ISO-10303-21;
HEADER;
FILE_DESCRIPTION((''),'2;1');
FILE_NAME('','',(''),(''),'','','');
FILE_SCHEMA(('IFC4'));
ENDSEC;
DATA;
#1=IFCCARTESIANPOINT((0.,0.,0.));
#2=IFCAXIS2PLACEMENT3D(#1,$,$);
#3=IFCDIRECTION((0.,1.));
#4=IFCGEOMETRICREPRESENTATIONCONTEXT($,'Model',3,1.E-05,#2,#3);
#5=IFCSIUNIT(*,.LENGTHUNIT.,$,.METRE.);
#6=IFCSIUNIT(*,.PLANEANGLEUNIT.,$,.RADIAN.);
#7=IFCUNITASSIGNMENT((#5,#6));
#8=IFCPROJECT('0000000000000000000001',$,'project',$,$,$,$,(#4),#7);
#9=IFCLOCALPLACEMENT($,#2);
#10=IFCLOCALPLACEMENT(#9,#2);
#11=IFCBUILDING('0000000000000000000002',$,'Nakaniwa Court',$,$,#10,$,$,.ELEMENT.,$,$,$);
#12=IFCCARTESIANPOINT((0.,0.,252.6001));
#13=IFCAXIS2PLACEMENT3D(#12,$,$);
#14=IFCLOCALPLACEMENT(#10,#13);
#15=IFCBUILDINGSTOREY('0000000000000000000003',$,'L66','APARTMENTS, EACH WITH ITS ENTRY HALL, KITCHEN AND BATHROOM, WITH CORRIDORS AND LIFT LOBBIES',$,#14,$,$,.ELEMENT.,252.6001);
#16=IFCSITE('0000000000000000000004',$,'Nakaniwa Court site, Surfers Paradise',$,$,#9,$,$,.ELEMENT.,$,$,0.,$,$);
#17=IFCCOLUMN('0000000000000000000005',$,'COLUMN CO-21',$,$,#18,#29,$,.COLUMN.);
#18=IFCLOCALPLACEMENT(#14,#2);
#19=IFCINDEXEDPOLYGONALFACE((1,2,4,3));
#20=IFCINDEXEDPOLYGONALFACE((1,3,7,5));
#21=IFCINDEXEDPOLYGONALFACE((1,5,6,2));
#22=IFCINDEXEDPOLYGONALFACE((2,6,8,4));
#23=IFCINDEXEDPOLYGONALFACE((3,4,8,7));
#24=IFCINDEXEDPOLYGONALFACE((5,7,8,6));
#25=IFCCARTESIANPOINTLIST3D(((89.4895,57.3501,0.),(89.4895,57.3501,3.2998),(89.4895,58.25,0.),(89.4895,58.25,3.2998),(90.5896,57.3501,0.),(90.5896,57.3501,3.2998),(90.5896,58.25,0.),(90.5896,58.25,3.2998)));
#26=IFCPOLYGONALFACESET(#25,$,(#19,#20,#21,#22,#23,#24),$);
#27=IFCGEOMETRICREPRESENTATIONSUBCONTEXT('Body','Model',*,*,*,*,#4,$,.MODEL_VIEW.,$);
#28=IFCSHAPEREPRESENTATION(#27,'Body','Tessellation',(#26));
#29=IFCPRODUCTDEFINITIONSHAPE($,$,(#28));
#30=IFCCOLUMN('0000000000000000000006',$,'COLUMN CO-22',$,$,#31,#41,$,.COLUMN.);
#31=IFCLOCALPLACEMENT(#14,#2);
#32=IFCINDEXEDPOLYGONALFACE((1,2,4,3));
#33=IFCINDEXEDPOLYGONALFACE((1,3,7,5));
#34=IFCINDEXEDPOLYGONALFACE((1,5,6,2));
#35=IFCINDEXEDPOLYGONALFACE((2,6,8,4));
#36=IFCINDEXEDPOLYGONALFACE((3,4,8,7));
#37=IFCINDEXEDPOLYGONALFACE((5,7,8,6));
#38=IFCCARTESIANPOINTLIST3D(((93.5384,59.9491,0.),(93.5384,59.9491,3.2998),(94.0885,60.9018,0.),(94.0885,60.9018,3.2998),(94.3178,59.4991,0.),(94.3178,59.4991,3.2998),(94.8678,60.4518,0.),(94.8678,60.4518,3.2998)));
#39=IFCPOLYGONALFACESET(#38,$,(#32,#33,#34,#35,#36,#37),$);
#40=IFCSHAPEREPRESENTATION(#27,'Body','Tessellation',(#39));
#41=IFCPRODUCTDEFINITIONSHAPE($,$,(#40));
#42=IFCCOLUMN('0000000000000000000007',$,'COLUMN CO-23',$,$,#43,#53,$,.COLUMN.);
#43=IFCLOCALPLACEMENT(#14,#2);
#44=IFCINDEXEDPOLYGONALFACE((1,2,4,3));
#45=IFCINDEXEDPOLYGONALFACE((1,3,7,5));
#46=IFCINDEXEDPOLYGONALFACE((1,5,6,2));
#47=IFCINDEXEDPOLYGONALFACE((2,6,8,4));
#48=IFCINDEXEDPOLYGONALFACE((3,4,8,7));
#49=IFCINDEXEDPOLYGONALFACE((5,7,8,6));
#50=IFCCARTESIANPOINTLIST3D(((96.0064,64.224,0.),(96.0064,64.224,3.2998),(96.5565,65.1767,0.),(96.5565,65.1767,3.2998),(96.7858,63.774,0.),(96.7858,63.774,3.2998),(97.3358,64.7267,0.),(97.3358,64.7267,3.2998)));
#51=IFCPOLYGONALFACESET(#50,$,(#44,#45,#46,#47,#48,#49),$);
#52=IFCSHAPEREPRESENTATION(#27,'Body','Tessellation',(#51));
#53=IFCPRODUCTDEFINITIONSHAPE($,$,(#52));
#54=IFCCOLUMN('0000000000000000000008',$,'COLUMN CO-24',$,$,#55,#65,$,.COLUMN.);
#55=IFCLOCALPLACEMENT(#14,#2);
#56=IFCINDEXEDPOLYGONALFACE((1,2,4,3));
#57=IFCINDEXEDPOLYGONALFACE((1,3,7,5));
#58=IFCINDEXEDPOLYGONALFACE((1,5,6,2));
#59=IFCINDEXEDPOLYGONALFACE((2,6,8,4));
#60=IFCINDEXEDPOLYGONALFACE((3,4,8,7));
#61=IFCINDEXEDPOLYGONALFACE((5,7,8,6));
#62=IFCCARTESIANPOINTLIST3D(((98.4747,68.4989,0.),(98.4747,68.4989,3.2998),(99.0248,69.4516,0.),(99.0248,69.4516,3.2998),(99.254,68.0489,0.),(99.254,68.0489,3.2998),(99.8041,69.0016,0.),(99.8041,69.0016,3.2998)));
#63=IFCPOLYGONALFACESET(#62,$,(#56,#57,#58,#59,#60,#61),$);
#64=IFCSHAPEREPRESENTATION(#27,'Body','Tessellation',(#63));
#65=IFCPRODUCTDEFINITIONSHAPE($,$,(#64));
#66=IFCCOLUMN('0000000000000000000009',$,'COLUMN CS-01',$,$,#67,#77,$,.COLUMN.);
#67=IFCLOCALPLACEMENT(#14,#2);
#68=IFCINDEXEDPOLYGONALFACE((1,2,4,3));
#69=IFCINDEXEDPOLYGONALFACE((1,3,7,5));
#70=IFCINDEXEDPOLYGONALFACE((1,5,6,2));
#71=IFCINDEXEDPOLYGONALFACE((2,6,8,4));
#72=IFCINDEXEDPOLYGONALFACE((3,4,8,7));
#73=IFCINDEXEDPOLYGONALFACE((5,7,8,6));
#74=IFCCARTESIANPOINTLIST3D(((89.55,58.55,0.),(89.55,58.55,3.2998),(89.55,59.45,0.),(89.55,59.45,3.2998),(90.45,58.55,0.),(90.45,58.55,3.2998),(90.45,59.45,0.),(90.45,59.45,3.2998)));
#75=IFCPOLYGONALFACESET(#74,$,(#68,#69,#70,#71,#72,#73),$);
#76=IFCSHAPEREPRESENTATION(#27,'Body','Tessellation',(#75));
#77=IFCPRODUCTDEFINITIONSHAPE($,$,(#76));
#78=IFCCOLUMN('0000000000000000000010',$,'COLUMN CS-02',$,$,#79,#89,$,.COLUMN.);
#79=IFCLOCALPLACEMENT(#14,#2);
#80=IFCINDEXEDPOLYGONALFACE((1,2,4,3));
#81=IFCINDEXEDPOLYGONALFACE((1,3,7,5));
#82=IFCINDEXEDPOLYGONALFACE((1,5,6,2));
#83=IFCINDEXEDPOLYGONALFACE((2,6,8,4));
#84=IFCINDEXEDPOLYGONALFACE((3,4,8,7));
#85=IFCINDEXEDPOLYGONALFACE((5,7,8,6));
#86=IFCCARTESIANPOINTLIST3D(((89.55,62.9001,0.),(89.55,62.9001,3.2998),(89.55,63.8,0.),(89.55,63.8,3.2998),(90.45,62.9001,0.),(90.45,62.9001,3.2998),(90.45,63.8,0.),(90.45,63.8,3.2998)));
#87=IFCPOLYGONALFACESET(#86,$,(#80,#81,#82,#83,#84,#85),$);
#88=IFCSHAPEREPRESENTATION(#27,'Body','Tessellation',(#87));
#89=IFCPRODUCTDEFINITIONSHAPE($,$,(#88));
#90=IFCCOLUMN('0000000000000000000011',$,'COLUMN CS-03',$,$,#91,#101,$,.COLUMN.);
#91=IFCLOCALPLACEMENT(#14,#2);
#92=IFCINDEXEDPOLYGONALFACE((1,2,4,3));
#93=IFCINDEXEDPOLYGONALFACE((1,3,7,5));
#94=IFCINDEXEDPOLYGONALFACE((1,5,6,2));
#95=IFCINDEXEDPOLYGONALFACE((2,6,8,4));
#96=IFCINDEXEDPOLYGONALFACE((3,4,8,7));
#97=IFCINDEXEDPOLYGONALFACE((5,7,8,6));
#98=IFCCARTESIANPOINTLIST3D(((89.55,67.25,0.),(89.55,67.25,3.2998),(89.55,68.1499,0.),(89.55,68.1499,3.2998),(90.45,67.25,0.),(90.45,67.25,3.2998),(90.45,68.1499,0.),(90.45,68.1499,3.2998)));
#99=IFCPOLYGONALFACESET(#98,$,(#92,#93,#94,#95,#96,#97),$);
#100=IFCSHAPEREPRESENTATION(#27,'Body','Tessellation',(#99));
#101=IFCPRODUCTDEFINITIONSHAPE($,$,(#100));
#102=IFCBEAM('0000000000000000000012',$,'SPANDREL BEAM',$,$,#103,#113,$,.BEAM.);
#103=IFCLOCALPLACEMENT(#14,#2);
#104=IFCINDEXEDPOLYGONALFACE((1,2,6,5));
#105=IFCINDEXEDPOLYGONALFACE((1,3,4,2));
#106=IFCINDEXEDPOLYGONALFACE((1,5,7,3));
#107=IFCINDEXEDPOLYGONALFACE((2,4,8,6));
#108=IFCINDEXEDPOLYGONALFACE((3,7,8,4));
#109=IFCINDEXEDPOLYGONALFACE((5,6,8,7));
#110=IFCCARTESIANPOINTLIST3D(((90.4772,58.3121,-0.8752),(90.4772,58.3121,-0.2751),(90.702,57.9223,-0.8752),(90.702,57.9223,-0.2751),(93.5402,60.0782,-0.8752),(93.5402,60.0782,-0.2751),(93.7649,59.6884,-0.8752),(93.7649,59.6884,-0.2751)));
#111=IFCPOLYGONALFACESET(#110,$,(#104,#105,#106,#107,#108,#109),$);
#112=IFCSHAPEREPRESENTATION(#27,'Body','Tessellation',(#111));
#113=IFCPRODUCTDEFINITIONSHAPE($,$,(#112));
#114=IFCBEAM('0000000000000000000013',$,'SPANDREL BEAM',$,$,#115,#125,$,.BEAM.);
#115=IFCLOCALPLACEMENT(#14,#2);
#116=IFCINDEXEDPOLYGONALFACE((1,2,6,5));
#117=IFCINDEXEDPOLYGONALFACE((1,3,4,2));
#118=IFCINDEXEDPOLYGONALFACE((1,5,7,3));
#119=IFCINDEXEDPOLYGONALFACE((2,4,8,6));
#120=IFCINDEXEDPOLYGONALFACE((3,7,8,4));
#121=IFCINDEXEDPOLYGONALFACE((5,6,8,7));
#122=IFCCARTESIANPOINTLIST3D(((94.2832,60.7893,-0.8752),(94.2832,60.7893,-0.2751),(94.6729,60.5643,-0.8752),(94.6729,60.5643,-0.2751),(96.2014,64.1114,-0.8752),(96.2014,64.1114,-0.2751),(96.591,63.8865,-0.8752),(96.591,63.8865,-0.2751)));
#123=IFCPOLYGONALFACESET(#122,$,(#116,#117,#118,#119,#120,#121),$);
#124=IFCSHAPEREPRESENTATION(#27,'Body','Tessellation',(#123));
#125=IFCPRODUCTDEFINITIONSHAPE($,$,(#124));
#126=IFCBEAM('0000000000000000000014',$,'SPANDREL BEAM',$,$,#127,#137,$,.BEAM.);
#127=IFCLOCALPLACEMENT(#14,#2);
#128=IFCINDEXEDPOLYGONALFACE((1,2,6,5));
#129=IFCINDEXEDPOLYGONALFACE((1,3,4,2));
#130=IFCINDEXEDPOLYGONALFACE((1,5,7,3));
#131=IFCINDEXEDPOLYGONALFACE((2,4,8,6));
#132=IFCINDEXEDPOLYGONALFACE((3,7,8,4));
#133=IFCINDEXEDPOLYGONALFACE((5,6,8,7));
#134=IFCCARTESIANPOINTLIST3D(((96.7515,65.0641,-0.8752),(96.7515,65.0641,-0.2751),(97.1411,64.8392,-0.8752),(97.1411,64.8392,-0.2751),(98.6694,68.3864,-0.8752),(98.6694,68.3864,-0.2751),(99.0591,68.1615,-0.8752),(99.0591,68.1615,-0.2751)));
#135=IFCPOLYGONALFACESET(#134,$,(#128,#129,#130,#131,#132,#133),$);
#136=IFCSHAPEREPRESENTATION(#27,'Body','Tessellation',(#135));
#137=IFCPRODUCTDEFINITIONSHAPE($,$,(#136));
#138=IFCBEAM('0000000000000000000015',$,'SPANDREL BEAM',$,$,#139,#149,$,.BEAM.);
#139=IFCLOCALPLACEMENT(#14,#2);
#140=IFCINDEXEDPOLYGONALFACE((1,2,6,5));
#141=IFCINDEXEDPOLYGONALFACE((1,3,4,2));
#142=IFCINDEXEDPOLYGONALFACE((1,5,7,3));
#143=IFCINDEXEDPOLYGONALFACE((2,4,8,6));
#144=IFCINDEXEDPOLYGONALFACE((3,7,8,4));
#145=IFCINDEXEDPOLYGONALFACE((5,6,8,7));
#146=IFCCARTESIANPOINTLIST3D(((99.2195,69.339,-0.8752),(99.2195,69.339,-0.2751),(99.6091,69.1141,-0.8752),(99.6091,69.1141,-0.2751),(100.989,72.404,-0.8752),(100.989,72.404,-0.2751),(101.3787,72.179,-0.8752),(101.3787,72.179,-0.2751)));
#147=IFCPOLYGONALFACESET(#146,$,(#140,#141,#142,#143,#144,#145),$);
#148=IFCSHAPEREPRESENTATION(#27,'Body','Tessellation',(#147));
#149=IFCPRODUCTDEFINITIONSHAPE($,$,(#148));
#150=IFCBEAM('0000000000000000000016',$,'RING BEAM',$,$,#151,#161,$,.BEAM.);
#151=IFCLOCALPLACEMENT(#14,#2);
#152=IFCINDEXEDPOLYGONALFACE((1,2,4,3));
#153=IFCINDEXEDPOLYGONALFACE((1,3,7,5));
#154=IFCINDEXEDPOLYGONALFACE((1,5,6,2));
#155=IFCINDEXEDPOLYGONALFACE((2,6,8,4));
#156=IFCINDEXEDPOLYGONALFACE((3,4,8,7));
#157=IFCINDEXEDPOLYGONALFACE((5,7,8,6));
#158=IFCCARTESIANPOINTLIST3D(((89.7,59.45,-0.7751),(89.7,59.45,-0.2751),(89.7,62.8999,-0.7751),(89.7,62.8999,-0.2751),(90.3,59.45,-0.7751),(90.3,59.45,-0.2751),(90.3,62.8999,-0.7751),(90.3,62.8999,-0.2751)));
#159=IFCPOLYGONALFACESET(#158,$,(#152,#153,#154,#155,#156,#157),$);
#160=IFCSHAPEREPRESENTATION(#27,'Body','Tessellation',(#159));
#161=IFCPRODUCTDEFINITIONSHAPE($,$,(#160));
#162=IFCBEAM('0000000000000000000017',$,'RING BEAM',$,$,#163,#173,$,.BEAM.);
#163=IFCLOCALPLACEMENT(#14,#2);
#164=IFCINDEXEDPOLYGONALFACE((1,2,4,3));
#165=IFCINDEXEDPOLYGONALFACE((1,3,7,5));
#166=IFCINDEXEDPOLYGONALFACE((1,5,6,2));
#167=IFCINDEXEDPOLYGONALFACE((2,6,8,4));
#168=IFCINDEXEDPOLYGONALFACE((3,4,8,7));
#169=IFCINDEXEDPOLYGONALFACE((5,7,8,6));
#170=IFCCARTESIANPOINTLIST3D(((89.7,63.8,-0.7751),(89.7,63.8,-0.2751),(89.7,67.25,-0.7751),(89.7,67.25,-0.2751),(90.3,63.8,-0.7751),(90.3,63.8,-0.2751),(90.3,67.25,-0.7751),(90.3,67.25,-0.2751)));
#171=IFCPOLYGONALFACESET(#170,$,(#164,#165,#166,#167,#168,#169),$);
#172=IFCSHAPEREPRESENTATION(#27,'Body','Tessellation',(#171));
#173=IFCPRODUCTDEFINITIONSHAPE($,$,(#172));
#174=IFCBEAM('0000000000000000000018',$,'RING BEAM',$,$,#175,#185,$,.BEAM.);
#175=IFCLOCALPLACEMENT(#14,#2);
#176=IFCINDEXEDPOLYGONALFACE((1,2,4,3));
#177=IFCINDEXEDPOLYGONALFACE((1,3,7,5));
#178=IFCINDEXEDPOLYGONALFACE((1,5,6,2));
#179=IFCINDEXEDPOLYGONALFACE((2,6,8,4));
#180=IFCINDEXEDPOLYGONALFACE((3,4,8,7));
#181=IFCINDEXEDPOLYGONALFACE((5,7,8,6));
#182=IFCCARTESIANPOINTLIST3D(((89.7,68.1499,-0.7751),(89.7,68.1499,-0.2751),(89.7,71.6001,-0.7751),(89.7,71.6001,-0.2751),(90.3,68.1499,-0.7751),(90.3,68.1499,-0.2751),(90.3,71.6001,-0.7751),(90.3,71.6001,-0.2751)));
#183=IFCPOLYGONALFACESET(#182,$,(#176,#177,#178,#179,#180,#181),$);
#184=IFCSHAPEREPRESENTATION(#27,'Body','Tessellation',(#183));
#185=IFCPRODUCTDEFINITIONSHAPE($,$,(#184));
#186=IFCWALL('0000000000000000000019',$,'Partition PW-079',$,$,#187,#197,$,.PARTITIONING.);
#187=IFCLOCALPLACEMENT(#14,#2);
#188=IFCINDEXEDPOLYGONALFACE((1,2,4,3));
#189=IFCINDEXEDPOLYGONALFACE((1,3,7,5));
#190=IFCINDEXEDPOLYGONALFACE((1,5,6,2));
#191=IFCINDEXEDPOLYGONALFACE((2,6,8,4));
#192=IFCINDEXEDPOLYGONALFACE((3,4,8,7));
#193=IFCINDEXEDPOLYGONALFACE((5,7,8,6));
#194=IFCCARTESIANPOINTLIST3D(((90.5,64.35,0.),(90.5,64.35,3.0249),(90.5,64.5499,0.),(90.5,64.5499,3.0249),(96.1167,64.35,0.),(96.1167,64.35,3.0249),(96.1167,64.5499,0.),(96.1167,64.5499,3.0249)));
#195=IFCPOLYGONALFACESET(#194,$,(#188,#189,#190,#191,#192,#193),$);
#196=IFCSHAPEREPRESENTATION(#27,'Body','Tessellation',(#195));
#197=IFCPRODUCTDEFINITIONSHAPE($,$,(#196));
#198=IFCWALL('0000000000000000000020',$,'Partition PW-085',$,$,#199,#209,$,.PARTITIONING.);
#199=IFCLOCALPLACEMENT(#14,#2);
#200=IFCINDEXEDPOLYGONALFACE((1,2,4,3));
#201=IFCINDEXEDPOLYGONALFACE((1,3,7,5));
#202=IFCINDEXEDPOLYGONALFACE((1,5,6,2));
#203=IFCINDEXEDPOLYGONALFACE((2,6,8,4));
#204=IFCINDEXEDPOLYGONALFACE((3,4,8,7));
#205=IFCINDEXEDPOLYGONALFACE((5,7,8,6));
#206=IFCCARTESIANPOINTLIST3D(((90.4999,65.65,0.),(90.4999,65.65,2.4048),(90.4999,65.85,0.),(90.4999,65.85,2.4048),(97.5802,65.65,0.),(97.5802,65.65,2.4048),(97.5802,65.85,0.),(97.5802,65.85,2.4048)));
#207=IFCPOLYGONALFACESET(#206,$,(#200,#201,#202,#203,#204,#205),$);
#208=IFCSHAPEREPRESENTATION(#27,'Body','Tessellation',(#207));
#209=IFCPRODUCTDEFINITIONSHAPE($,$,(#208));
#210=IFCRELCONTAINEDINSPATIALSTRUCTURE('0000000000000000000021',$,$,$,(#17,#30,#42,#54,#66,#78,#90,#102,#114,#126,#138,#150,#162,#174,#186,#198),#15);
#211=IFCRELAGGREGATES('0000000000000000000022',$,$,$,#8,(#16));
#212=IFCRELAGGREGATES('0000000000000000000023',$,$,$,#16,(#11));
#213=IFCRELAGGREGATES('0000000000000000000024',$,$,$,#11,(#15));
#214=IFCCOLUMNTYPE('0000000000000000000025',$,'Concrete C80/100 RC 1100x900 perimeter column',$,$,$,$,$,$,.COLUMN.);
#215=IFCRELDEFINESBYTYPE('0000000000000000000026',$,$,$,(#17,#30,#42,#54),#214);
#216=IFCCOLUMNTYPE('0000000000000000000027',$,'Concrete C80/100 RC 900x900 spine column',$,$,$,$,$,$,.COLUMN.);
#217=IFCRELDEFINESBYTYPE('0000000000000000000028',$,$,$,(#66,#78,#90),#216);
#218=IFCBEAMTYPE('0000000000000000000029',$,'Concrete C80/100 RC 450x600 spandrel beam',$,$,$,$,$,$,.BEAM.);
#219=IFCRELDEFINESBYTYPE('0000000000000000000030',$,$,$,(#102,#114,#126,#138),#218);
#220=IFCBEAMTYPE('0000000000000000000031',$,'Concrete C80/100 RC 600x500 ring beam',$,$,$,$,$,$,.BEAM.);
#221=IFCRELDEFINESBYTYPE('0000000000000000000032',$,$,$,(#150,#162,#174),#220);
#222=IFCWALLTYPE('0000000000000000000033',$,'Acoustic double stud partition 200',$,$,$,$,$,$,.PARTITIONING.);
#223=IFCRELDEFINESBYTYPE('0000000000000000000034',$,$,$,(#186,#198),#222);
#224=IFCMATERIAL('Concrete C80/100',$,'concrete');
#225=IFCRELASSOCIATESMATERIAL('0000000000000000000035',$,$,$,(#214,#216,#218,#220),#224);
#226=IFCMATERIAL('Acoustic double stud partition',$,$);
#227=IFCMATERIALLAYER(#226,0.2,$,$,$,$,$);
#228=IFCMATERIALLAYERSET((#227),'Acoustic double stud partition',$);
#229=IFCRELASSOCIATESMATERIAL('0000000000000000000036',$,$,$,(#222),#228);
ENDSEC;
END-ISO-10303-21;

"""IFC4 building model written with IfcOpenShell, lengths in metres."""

from ifc_helpers import new_model, si_unit, direction, frame, frame_2d, origin, origin_2d, place, context, subcontext, project, spatial, rectangle, extrude, material, layer, layer_set, material_profile, profile_set, type_object, element, save


model = new_model("IFC4")

# Units and contexts
model_context = context("Model", 3, precision=1e-05, world=origin(), true_north=direction((0.0, 1.0)))
body_context = subcontext(model_context, "Body", "Model", "MODEL_VIEW")
ifc_project = project(units=[si_unit("LENGTHUNIT", "METRE"), si_unit("PLANEANGLEUNIT", "RADIAN")], contexts=[model_context])

# Site, building, storey
site_placement = place(None, origin())
site = spatial("IfcSite", under=ifc_project, at=site_placement, Name="Nakaniwa Court site, Surfers Paradise", CompositionType="ELEMENT", RefElevation=0.0)
building_placement = place(site_placement, origin())
building = spatial("IfcBuilding", under=site, at=building_placement, Name="Nakaniwa Court", CompositionType="ELEMENT")
storey_placement = place(building_placement, frame((0.0, 0.0, 252.6001)))
storey = spatial("IfcBuildingStorey", under=building, at=storey_placement, Name="L66", Description="APARTMENTS, EACH WITH ITS ENTRY HALL, KITCHEN AND BATHROOM, WITH CORRIDORS AND LIFT LOBBIES", CompositionType="ELEMENT", Elevation=252.6001)

# Columns
ifc_material_1 = material(Name="Concrete C80/100", Category="concrete")
ifc_material_profile_1 = material_profile(ifc_material_1, rectangle(XDim=1.1001, YDim=0.8999, at=origin_2d()), Name="Concrete C80/100 RC 1100x900 perimeter column")
ifc_profile_set_1 = profile_set([ifc_material_profile_1], Name="Concrete C80/100")
column_type_1 = type_object("IfcColumnType", Name="Concrete C80/100 RC 1100x900 perimeter column", PredefinedType="COLUMN", material=ifc_profile_set_1)
for number, where, z_axis, x_axis, name in (
    (1, (90.0396, 57.8, 0.0), (0.0, 0.0, 1.0), (1.0, 0.0, 0.0), "COLUMN CO-21"),
    (2, (94.2031, 60.2004, 0.0), (0.0, 0.0, 1.0), (0.5, 0.866025, 0.0), "COLUMN CO-22"),
    (3, (96.6711, 64.4753, 0.0), (0.0, 0.0, 1.0), (0.5, 0.866025, 0.0), "COLUMN CO-23"),
    (4, (99.1394, 68.7502, 0.0), (0.0, 0.0, 1.0), (0.5, 0.866025, 0.0), "COLUMN CO-24"),
):
    element("IfcColumn", number, at=place(storey_placement, frame(where, z_axis=z_axis, x_axis=x_axis)), inside=storey, type_object=column_type_1, Name=name, PredefinedType="COLUMN", context=body_context, shape_type="SweptSolid", body=[
        extrude(rectangle(XDim=1.1001, YDim=0.8999, at=origin_2d()), origin(), (0.0, 0.0, 1.0), 3.2998),
    ])
ifc_material_profile_2 = material_profile(ifc_material_1, rectangle(XDim=0.8999, YDim=0.8999, at=origin_2d()), Name="Concrete C80/100 RC 900x900 spine column")
ifc_profile_set_2 = profile_set([ifc_material_profile_2], Name="Concrete C80/100")
column_type_2 = type_object("IfcColumnType", Name="Concrete C80/100 RC 900x900 spine column", PredefinedType="COLUMN", material=ifc_profile_set_2)
for number, where, z_axis, x_axis, name in (
    (5, (90.0, 59.0, 0.0), (0.0, 0.0, 1.0), (0.0, 1.0, 0.0), "COLUMN CS-01"),
    (6, (90.0, 63.3501, 0.0), (0.0, 0.0, 1.0), (0.0, 1.0, 0.0), "COLUMN CS-02"),
    (7, (90.0, 67.7, 0.0), (0.0, 0.0, 1.0), (0.0, 1.0, 0.0), "COLUMN CS-03"),
):
    element("IfcColumn", number, at=place(storey_placement, frame(where, z_axis=z_axis, x_axis=x_axis)), inside=storey, type_object=column_type_2, Name=name, PredefinedType="COLUMN", context=body_context, shape_type="SweptSolid", body=[
        extrude(rectangle(XDim=0.8999, YDim=0.8999, at=origin_2d()), origin(), (0.0, 0.0, 1.0), 3.2998),
    ])

# Beams
ifc_material_profile_3 = material_profile(ifc_material_1, rectangle(XDim=0.45, YDim=0.6001, at=origin_2d()), Name="Concrete C80/100 RC 450x600 spandrel beam")
ifc_profile_set_3 = profile_set([ifc_material_profile_3], Name="Concrete C80/100")
beam_type_1 = type_object("IfcBeamType", Name="Concrete C80/100 RC 450x600 spandrel beam", PredefinedType="BEAM", material=ifc_profile_set_3)
beam_1_placement = place(storey_placement, frame((90.5896, 58.1172, -0.5752), z_axis=(0.866307, 0.499511, 0.0), x_axis=(-0.499511, 0.866307, 0.0)))
element("IfcBeam", 8, at=beam_1_placement, inside=storey, type_object=beam_type_1, Name="SPANDREL BEAM", PredefinedType="BEAM", context=body_context, shape_type="SweptSolid", body=[
    extrude(rectangle(XDim=0.45, YDim=0.6001, at=origin_2d()), origin(), (0.0, 0.0, 1.0), 3.5356),
])
for number, where, z_axis, x_axis, name in (
    (9, (94.478, 60.6768, -0.5752), (0.50002, 0.866014, 0.0), (-0.866014, 0.50002, 0.0), "SPANDREL BEAM"),
    (10, (96.9463, 64.9517, -0.5752), (0.499972, 0.866041, 0.0), (-0.866041, 0.499972, 0.0), "SPANDREL BEAM"),
):
    element("IfcBeam", number, at=place(storey_placement, frame(where, z_axis=z_axis, x_axis=x_axis)), inside=storey, type_object=beam_type_1, Name=name, PredefinedType="BEAM", context=body_context, shape_type="SweptSolid", body=[
        extrude(rectangle(XDim=0.45, YDim=0.6001, at=origin_2d()), origin(), (0.0, 0.0, 1.0), 3.8362),
    ])
beam_2_placement = place(storey_placement, frame((99.4143, 69.2266, -0.5752), z_axis=(0.499997, 0.866027, 0.0), x_axis=(-0.866027, 0.499997, 0.0)))
element("IfcBeam", 11, at=beam_2_placement, inside=storey, type_object=beam_type_1, Name="SPANDREL BEAM", PredefinedType="BEAM", context=body_context, shape_type="SweptSolid", body=[
    extrude(rectangle(XDim=0.45, YDim=0.6001, at=origin_2d()), origin(), (0.0, 0.0, 1.0), 3.5391),
])
ifc_material_profile_4 = material_profile(ifc_material_1, rectangle(XDim=0.6001, YDim=0.5, at=origin_2d()), Name="Concrete C80/100 RC 600x500 ring beam")
ifc_profile_set_4 = profile_set([ifc_material_profile_4], Name="Concrete C80/100")
beam_type_2 = type_object("IfcBeamType", Name="Concrete C80/100 RC 600x500 ring beam", PredefinedType="BEAM", material=ifc_profile_set_4)
for number, where, z_axis, x_axis, name in (
    (12, (90.0, 59.45, -0.5251), (0.0, 1.0, 0.0), (-1.0, 0.0, 0.0), "RING BEAM"),
    (13, (90.0, 63.8, -0.5251), (0.0, 1.0, 0.0), (-1.0, 0.0, 0.0), "RING BEAM"),
):
    element("IfcBeam", number, at=place(storey_placement, frame(where, z_axis=z_axis, x_axis=x_axis)), inside=storey, type_object=beam_type_2, Name=name, PredefinedType="BEAM", context=body_context, shape_type="SweptSolid", body=[
        extrude(rectangle(XDim=0.6001, YDim=0.5, at=origin_2d()), origin(), (0.0, 0.0, 1.0), 3.45),
    ])
beam_3_placement = place(storey_placement, frame((90.0, 68.1499, -0.5251), z_axis=(0.0, 1.0, 0.0), x_axis=(-1.0, 0.0, 0.0)))
element("IfcBeam", 14, at=beam_3_placement, inside=storey, type_object=beam_type_2, Name="RING BEAM", PredefinedType="BEAM", context=body_context, shape_type="SweptSolid", body=[
    extrude(rectangle(XDim=0.6001, YDim=0.5, at=origin_2d()), origin(), (0.0, 0.0, 1.0), 3.4502),
])

# Walls
ifc_material_2 = material(Name="Acoustic double stud partition")
ifc_layer_1 = layer(ifc_material_2, 0.2)
ifc_layer_set_1 = layer_set([ifc_layer_1], Name="Acoustic double stud partition")
wall_type_1 = type_object("IfcWallType", Name="Acoustic double stud partition 200", PredefinedType="PARTITIONING", material=ifc_layer_set_1)
wall_1_placement = place(storey_placement, frame((90.5, 64.45, 0.0), z_axis=(0.0, 0.0, 1.0), x_axis=(1.0, 0.0, 0.0)))
element("IfcWall", 15, at=wall_1_placement, inside=storey, type_object=wall_type_1, Name="Partition PW-079", PredefinedType="PARTITIONING", context=body_context, shape_type="SweptSolid", body=[
    extrude(rectangle(XDim=5.6167, YDim=0.2, at=frame_2d((2.8083, 0.0))), origin(), (0.0, 0.0, 1.0), 3.0249),
])
wall_2_placement = place(storey_placement, frame((90.5, 65.75, 0.0), z_axis=(0.0, 0.0, 1.0), x_axis=(1.0, 0.0, 0.0)))
element("IfcWall", 16, at=wall_2_placement, inside=storey, type_object=wall_type_1, Name="Partition PW-085", PredefinedType="PARTITIONING", context=body_context, shape_type="SweptSolid", body=[
    extrude(rectangle(XDim=7.0803, YDim=0.2, at=frame_2d((3.54, 0.0))), origin(), (0.0, 0.0, 1.0), 2.4048),
])

save(model, "model.ifc")
